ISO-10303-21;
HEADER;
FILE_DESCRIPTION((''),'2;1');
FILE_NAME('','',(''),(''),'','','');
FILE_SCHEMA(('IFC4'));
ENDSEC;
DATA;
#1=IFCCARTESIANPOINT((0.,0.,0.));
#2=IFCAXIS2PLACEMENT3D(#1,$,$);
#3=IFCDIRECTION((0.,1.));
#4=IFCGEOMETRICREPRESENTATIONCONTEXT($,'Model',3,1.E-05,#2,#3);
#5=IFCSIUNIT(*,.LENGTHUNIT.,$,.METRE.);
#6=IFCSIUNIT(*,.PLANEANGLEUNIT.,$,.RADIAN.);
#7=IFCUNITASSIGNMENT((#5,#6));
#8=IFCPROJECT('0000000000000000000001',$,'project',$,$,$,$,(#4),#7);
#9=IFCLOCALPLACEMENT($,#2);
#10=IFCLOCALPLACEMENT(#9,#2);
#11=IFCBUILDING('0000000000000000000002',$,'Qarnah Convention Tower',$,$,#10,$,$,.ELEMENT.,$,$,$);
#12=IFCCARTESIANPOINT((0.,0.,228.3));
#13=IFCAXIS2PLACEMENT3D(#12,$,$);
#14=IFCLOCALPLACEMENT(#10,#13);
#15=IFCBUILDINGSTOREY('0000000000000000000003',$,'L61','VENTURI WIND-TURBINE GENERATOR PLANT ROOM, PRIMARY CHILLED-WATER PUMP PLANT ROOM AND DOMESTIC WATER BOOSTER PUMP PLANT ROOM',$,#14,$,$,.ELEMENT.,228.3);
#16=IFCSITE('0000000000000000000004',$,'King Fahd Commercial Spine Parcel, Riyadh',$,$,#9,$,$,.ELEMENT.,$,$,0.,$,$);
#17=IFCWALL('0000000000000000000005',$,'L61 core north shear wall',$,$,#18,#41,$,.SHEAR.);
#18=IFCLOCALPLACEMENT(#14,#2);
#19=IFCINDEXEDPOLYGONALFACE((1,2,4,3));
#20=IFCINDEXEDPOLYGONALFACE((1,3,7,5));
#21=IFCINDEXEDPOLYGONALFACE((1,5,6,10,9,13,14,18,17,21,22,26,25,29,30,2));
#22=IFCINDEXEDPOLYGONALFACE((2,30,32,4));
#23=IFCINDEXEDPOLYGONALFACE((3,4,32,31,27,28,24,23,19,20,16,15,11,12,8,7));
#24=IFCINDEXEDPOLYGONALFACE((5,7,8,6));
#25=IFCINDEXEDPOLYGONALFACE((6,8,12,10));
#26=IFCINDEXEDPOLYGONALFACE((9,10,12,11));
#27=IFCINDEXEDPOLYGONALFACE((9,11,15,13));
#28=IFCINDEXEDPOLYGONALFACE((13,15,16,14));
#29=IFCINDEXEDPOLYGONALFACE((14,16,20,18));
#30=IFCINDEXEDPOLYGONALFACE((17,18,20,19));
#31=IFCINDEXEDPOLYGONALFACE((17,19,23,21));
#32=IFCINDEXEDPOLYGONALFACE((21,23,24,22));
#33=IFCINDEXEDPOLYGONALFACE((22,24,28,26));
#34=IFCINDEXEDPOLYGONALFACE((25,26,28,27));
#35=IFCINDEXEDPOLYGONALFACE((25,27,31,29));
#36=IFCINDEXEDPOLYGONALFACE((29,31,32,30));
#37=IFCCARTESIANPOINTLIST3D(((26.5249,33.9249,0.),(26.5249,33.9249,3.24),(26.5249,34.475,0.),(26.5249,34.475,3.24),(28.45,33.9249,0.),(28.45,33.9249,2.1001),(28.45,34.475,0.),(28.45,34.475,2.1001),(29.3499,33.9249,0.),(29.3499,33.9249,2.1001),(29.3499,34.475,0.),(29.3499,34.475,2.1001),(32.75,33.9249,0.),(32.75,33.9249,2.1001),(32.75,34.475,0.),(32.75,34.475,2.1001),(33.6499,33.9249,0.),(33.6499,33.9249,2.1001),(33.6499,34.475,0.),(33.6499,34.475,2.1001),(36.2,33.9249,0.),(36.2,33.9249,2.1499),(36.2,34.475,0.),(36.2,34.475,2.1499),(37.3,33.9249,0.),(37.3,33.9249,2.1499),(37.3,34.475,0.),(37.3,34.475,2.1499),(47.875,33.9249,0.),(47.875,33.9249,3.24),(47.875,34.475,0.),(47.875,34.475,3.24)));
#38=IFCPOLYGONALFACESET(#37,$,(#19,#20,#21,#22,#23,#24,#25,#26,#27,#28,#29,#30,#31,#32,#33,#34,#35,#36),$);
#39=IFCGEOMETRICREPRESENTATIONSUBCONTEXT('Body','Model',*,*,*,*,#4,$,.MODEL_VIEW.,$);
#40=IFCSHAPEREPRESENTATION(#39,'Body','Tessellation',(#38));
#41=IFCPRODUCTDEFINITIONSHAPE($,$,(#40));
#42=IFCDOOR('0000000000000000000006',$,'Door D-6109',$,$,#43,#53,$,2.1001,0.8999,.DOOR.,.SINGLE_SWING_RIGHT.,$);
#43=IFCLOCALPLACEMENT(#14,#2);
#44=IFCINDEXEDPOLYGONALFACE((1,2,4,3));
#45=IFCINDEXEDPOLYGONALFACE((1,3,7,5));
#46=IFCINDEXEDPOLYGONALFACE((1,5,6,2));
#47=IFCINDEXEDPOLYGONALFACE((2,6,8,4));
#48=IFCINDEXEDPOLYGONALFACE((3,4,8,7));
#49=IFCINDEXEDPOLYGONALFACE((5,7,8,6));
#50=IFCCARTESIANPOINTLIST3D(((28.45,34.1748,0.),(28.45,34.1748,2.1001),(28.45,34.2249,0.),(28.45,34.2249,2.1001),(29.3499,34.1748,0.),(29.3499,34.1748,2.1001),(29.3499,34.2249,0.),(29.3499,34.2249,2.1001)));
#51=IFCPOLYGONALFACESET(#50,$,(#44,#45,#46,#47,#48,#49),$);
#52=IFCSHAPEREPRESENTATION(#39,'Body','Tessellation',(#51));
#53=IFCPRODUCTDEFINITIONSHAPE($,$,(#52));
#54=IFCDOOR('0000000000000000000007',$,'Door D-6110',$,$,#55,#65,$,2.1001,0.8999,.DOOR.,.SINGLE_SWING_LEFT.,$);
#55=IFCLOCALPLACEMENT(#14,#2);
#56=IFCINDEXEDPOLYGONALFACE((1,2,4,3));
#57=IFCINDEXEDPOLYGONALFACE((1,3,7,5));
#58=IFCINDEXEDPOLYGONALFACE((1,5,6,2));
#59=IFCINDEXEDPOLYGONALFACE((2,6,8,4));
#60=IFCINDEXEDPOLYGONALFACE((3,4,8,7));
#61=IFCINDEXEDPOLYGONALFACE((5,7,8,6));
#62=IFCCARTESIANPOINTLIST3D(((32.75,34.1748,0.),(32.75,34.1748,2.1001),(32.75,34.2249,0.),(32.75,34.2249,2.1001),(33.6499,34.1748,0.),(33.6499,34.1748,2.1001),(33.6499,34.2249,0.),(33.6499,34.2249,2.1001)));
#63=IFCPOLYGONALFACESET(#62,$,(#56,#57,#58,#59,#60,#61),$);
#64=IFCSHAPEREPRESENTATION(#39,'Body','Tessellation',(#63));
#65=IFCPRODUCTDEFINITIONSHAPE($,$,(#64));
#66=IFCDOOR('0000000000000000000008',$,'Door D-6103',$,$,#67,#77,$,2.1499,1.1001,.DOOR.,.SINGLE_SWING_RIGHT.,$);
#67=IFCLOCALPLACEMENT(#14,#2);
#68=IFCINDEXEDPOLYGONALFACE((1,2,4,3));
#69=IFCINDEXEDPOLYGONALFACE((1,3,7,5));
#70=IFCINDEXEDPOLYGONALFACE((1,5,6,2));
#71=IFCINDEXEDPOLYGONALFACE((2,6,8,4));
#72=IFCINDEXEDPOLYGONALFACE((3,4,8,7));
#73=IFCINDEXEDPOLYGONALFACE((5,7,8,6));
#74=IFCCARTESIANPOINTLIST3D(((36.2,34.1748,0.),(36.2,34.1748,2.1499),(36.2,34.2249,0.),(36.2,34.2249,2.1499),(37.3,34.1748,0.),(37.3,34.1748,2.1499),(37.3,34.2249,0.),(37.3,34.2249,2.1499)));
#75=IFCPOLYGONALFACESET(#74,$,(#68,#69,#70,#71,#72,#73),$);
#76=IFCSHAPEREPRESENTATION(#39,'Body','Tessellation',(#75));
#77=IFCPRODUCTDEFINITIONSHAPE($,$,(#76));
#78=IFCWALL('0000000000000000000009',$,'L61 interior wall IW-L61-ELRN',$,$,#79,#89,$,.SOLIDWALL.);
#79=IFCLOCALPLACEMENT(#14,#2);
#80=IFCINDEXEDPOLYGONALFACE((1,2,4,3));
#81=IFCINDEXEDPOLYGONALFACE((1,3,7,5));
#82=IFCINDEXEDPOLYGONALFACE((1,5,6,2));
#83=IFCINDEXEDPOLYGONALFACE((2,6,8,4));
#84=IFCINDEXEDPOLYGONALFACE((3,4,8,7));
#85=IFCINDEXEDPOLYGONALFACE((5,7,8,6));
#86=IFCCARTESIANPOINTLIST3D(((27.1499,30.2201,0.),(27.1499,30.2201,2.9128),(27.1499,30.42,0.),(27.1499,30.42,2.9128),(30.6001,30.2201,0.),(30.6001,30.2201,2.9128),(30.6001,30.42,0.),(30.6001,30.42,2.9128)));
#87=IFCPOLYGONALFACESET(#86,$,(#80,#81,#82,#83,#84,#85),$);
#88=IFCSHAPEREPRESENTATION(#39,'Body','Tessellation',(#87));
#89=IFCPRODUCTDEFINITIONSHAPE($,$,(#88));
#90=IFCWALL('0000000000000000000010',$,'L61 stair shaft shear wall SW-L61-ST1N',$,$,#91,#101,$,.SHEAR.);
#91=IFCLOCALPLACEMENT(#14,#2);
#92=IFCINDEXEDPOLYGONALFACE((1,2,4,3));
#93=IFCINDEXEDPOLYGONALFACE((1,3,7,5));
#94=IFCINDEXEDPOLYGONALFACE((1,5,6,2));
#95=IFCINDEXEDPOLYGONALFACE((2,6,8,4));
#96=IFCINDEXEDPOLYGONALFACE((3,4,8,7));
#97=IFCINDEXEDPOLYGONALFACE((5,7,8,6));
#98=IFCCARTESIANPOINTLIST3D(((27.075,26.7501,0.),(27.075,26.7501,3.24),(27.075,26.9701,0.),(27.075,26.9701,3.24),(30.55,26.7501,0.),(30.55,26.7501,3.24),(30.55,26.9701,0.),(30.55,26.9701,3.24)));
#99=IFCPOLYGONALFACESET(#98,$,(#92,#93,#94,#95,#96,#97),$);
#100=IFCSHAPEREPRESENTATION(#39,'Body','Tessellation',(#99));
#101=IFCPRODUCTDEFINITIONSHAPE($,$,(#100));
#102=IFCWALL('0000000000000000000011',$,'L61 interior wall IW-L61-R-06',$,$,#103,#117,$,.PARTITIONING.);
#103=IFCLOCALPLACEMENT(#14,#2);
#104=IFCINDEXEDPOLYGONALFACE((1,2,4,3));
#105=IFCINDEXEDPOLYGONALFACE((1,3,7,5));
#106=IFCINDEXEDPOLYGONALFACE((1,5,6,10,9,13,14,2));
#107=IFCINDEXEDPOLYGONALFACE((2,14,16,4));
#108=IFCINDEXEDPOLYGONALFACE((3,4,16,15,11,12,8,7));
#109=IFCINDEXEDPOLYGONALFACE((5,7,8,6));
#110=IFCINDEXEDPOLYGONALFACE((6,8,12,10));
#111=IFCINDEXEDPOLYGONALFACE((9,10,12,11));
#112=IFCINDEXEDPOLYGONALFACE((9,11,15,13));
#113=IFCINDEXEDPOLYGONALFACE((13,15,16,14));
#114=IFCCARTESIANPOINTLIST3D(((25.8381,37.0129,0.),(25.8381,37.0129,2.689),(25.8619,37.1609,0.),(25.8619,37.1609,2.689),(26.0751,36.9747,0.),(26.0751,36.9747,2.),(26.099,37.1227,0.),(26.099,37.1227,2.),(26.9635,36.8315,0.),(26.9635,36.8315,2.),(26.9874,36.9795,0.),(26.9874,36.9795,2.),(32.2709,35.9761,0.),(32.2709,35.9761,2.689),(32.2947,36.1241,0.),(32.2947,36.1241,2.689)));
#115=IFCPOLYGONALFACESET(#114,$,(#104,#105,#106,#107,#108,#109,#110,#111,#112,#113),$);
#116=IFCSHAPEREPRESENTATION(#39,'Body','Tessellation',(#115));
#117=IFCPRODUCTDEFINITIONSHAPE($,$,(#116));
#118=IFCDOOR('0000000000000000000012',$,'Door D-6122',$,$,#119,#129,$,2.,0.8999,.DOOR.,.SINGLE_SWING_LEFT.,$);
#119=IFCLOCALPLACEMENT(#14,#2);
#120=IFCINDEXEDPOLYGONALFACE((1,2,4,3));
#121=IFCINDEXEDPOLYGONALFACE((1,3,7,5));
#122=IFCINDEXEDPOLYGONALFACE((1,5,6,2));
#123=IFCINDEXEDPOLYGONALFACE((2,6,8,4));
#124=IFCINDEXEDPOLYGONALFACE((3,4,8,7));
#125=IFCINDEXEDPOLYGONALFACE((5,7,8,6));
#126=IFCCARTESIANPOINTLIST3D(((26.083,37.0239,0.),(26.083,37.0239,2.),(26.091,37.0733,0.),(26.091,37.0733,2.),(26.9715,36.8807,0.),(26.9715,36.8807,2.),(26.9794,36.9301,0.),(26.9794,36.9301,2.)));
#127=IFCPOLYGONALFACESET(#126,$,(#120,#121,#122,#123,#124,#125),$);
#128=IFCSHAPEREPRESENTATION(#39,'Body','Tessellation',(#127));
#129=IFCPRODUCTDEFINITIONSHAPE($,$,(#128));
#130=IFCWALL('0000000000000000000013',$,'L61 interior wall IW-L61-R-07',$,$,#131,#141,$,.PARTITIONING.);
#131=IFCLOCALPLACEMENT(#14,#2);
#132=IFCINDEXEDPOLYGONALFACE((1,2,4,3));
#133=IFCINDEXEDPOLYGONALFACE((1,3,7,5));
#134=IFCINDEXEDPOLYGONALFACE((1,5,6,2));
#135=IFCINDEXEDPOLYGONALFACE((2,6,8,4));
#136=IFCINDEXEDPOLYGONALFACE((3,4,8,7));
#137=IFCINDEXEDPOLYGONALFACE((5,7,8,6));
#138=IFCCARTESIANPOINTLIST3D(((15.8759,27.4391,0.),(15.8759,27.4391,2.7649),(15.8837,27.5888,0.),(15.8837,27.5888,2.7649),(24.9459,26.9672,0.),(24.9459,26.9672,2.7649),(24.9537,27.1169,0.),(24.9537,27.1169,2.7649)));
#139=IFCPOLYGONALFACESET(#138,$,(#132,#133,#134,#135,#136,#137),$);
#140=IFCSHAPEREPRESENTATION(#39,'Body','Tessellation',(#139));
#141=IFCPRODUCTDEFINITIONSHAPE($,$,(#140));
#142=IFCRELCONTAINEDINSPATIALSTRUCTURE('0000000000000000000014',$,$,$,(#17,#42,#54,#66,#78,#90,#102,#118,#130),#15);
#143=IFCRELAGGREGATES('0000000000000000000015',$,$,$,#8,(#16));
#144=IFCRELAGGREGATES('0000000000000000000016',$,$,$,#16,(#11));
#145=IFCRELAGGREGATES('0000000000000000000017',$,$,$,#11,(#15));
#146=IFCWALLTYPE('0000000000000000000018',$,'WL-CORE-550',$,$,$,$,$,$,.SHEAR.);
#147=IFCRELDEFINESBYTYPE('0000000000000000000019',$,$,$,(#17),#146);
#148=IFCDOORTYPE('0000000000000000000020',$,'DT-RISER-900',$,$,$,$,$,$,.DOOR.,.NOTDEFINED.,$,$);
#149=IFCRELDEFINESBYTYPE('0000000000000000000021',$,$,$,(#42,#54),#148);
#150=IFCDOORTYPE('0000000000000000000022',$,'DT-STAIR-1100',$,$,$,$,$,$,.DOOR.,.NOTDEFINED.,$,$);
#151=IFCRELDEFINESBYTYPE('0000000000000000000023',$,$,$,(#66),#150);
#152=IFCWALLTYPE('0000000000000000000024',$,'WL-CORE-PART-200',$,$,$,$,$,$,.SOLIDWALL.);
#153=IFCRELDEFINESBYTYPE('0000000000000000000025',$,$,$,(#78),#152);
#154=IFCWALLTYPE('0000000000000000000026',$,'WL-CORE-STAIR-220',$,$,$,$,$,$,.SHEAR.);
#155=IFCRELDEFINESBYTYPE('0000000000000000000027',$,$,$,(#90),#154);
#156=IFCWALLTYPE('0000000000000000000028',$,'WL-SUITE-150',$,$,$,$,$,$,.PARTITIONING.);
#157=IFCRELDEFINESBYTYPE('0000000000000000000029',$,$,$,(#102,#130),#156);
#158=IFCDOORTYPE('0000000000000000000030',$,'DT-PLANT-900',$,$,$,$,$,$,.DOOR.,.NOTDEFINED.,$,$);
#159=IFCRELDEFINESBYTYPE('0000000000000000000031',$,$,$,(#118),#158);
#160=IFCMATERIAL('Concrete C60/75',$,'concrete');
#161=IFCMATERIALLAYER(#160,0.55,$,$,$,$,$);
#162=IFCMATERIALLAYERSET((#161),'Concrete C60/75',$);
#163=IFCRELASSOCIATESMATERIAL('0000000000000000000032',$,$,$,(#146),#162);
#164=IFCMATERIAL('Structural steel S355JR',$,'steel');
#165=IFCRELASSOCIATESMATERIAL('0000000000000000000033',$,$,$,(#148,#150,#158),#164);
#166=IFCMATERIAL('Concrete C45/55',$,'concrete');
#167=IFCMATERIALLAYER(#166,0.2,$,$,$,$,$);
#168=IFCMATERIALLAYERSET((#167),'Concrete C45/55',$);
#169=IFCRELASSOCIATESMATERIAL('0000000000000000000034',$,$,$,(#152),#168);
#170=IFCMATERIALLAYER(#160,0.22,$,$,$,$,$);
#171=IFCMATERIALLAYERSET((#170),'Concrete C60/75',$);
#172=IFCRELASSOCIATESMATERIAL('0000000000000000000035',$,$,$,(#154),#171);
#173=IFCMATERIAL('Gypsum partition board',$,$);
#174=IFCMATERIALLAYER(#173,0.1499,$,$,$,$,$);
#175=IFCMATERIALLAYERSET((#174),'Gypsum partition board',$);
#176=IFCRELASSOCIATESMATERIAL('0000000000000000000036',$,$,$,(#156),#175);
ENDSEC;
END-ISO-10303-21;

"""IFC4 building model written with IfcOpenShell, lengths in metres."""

from ifc_helpers import new_model, si_unit, direction, frame, frame_2d, origin, place, context, subcontext, project, spatial, rectangle, extrude, material, layer, layer_set, type_object, element, fill, save


model = new_model("IFC4")

# Units and contexts
model_context = context("Model", 3, precision=1e-05, world=origin(), true_north=direction((0.0, 1.0)))
body_context = subcontext(model_context, "Body", "Model", "MODEL_VIEW")
ifc_project = project(units=[si_unit("LENGTHUNIT", "METRE"), si_unit("PLANEANGLEUNIT", "RADIAN")], contexts=[model_context])

# Site, building, storey
site_placement = place(None, origin())
site = spatial("IfcSite", under=ifc_project, at=site_placement, Name="King Fahd Commercial Spine Parcel, Riyadh", CompositionType="ELEMENT", RefElevation=0.0)
building_placement = place(site_placement, origin())
building = spatial("IfcBuilding", under=site, at=building_placement, Name="Qarnah Convention Tower", CompositionType="ELEMENT")
storey_placement = place(building_placement, frame((0.0, 0.0, 228.3)))
storey = spatial("IfcBuildingStorey", under=building, at=storey_placement, Name="L61", Description="VENTURI WIND-TURBINE GENERATOR PLANT ROOM, PRIMARY CHILLED-WATER PUMP PLANT ROOM AND DOMESTIC WATER BOOSTER PUMP PLANT ROOM", CompositionType="ELEMENT", Elevation=228.3)

# Shared definitions
ifc_material_1 = material(Name="Structural steel S355JR", Category="steel")

# Wall, openings, doors
ifc_material_2 = material(Name="Concrete C60/75", Category="concrete")
ifc_layer_1 = layer(ifc_material_2, 0.55)
ifc_layer_set_1 = layer_set([ifc_layer_1], Name="Concrete C60/75")
wall_type_1 = type_object("IfcWallType", Name="WL-CORE-550", PredefinedType="SHEAR", material=ifc_layer_set_1)
wall_1_placement = place(storey_placement, frame((26.5249, 34.2, 0.0), z_axis=(0.0, 0.0, 1.0), x_axis=(1.0, 0.0, 0.0)))
wall_1 = element("IfcWall", 1, at=wall_1_placement, inside=storey, type_object=wall_type_1, Name="L61 core north shear wall", PredefinedType="SHEAR", context=body_context, shape_type="SweptSolid", body=[
    extrude(rectangle(XDim=21.3501, YDim=0.55, at=frame_2d((10.675, 0.0))), origin(), (0.0, 0.0, 1.0), 3.24),
])
opening_1_placement = place(wall_1_placement, frame((9.675, 0.0, 0.0)))
opening_1 = element("IfcOpeningElement", 2, at=opening_1_placement, cuts=wall_1, PredefinedType="OPENING", context=body_context, shape_type="SweptSolid", body=[
    extrude(rectangle(XDim=1.1001, YDim=2.1499, at=frame_2d((0.55, 1.075))), frame((0.0, 0.2849, 0.0), z_axis=(0.0, -1.0, 0.0), x_axis=(1.0, 0.0, 0.0)), (0.0, 0.0, 1.0), 0.5701),
])
opening_2_placement = place(wall_1_placement, frame((1.925, 0.0, 0.0)))
opening_2 = element("IfcOpeningElement", 3, at=opening_2_placement, cuts=wall_1, PredefinedType="OPENING", context=body_context, shape_type="SweptSolid", body=[
    extrude(rectangle(XDim=0.8999, YDim=2.1001, at=frame_2d((0.45, 1.05))), frame((0.0, 0.2849, 0.0), z_axis=(0.0, -1.0, 0.0), x_axis=(1.0, 0.0, 0.0)), (0.0, 0.0, 1.0), 0.5701),
])
opening_3_placement = place(wall_1_placement, frame((6.2251, 0.0, 0.0)))
opening_3 = element("IfcOpeningElement", 4, at=opening_3_placement, cuts=wall_1, PredefinedType="OPENING", context=body_context, shape_type="SweptSolid", body=[
    extrude(rectangle(XDim=0.8999, YDim=2.1001, at=frame_2d((0.45, 1.05))), frame((0.0, 0.2849, 0.0), z_axis=(0.0, -1.0, 0.0), x_axis=(1.0, 0.0, 0.0)), (0.0, 0.0, 1.0), 0.5701),
])
door_type_1 = type_object("IfcDoorType", Name="DT-RISER-900", OperationType="NOTDEFINED", PredefinedType="DOOR", material=ifc_material_1)
door_1_placement = place(opening_2_placement, origin())
door_1 = element("IfcDoor", 5, at=door_1_placement, inside=storey, type_object=door_type_1, Name="Door D-6109", OperationType="SINGLE_SWING_RIGHT", OverallHeight=2.1001, OverallWidth=0.8999, PredefinedType="DOOR", context=body_context, shape_type="SweptSolid", body=[
    extrude(rectangle(XDim=0.8999, YDim=2.1001, at=frame_2d((0.45, 1.05))), frame((0.0, 0.0249, 0.0), z_axis=(0.0, -1.0, 0.0), x_axis=(1.0, 0.0, 0.0)), (0.0, 0.0, 1.0), 0.05),
])
fill(opening_2, door_1)
door_2_placement = place(opening_3_placement, origin())
door_2 = element("IfcDoor", 6, at=door_2_placement, inside=storey, type_object=door_type_1, Name="Door D-6110", OperationType="SINGLE_SWING_LEFT", OverallHeight=2.1001, OverallWidth=0.8999, PredefinedType="DOOR", context=body_context, shape_type="SweptSolid", body=[
    extrude(rectangle(XDim=0.8999, YDim=2.1001, at=frame_2d((0.45, 1.05))), frame((0.0, 0.0249, 0.0), z_axis=(0.0, -1.0, 0.0), x_axis=(1.0, 0.0, 0.0)), (0.0, 0.0, 1.0), 0.05),
])
fill(opening_3, door_2)
door_type_2 = type_object("IfcDoorType", Name="DT-STAIR-1100", OperationType="NOTDEFINED", PredefinedType="DOOR", material=ifc_material_1)
door_3_placement = place(opening_1_placement, origin())
door_3 = element("IfcDoor", 7, at=door_3_placement, inside=storey, type_object=door_type_2, Name="Door D-6103", OperationType="SINGLE_SWING_RIGHT", OverallHeight=2.1499, OverallWidth=1.1001, PredefinedType="DOOR", context=body_context, shape_type="SweptSolid", body=[
    extrude(rectangle(XDim=1.1001, YDim=2.1499, at=frame_2d((0.55, 1.075))), frame((0.0, 0.0249, 0.0), z_axis=(0.0, -1.0, 0.0), x_axis=(1.0, 0.0, 0.0)), (0.0, 0.0, 1.0), 0.05),
])
fill(opening_1, door_3)

# Walls
ifc_material_3 = material(Name="Concrete C45/55", Category="concrete")
ifc_layer_2 = layer(ifc_material_3, 0.2)
ifc_layer_set_2 = layer_set([ifc_layer_2], Name="Concrete C45/55")
wall_type_2 = type_object("IfcWallType", Name="WL-CORE-PART-200", PredefinedType="SOLIDWALL", material=ifc_layer_set_2)
wall_2_placement = place(storey_placement, frame((27.1499, 30.3201, 0.0), z_axis=(0.0, 0.0, 1.0), x_axis=(1.0, 0.0, 0.0)))
element("IfcWall", 8, at=wall_2_placement, inside=storey, type_object=wall_type_2, Name="L61 interior wall IW-L61-ELRN", PredefinedType="SOLIDWALL", context=body_context, shape_type="SweptSolid", body=[
    extrude(rectangle(XDim=3.4502, YDim=0.2, at=frame_2d((1.7251, 0.0))), origin(), (0.0, 0.0, 1.0), 2.9128),
])
ifc_layer_3 = layer(ifc_material_2, 0.22)
ifc_layer_set_3 = layer_set([ifc_layer_3], Name="Concrete C60/75")
wall_type_3 = type_object("IfcWallType", Name="WL-CORE-STAIR-220", PredefinedType="SHEAR", material=ifc_layer_set_3)
wall_3_placement = place(storey_placement, frame((27.075, 26.8601, 0.0), z_axis=(0.0, 0.0, 1.0), x_axis=(1.0, 0.0, 0.0)))
element("IfcWall", 9, at=wall_3_placement, inside=storey, type_object=wall_type_3, Name="L61 stair shaft shear wall SW-L61-ST1N", PredefinedType="SHEAR", context=body_context, shape_type="SweptSolid", body=[
    extrude(rectangle(XDim=3.4751, YDim=0.22, at=frame_2d((1.7375, 0.0))), origin(), (0.0, 0.0, 1.0), 3.24),
])

# Wall, opening, door
ifc_material_4 = material(Name="Gypsum partition board")
ifc_layer_4 = layer(ifc_material_4, 0.1499)
ifc_layer_set_4 = layer_set([ifc_layer_4], Name="Gypsum partition board")
wall_type_4 = type_object("IfcWallType", Name="WL-SUITE-150", PredefinedType="PARTITIONING", material=ifc_layer_set_4)
wall_4_placement = place(storey_placement, frame((25.8501, 37.0869, 0.0), z_axis=(0.0, 0.0, 1.0), x_axis=(0.987258, -0.159129, 0.0)))
wall_4 = element("IfcWall", 10, at=wall_4_placement, inside=storey, type_object=wall_type_4, Name="L61 interior wall IW-L61-R-06", PredefinedType="PARTITIONING", context=body_context, shape_type="SweptSolid", body=[
    extrude(rectangle(XDim=6.5159, YDim=0.1499, at=frame_2d((3.2578, 0.0))), origin(), (0.0, 0.0, 1.0), 2.689),
])
opening_4_placement = place(wall_4_placement, frame((0.24, 0.0, 0.0)))
opening_4 = element("IfcOpeningElement", 11, at=opening_4_placement, cuts=wall_4, PredefinedType="OPENING", context=body_context, shape_type="SweptSolid", body=[
    extrude(rectangle(XDim=0.8999, YDim=2.0, at=frame_2d((0.45, 1.0))), frame((0.0, 0.085, 0.0), z_axis=(0.0, -1.0, 0.0), x_axis=(1.0, 0.0, 0.0)), (0.0, 0.0, 1.0), 0.1699),
])
door_type_3 = type_object("IfcDoorType", Name="DT-PLANT-900", OperationType="NOTDEFINED", PredefinedType="DOOR", material=ifc_material_1)
door_4_placement = place(opening_4_placement, origin())
door_4 = element("IfcDoor", 12, at=door_4_placement, inside=storey, type_object=door_type_3, Name="Door D-6122", OperationType="SINGLE_SWING_LEFT", OverallHeight=2.0, OverallWidth=0.8999, PredefinedType="DOOR", context=body_context, shape_type="SweptSolid", body=[
    extrude(rectangle(XDim=0.8999, YDim=2.0, at=frame_2d((0.45, 1.0))), frame((0.0, 0.0249, 0.0), z_axis=(0.0, -1.0, 0.0), x_axis=(1.0, 0.0, 0.0)), (0.0, 0.0, 1.0), 0.05),
])
fill(opening_4, door_4)

# Wall
wall_5_placement = place(storey_placement, frame((15.8799, 27.5139, 0.0), z_axis=(0.0, 0.0, 1.0), x_axis=(0.998649, -0.051961, 0.0)))
element("IfcWall", 13, at=wall_5_placement, inside=storey, type_object=wall_type_4, Name="L61 interior wall IW-L61-R-07", PredefinedType="PARTITIONING", context=body_context, shape_type="SweptSolid", body=[
    extrude(rectangle(XDim=9.0823, YDim=0.1499, at=frame_2d((4.541, 0.0))), origin(), (0.0, 0.0, 1.0), 2.7649),
])

save(model, "model.ifc")
